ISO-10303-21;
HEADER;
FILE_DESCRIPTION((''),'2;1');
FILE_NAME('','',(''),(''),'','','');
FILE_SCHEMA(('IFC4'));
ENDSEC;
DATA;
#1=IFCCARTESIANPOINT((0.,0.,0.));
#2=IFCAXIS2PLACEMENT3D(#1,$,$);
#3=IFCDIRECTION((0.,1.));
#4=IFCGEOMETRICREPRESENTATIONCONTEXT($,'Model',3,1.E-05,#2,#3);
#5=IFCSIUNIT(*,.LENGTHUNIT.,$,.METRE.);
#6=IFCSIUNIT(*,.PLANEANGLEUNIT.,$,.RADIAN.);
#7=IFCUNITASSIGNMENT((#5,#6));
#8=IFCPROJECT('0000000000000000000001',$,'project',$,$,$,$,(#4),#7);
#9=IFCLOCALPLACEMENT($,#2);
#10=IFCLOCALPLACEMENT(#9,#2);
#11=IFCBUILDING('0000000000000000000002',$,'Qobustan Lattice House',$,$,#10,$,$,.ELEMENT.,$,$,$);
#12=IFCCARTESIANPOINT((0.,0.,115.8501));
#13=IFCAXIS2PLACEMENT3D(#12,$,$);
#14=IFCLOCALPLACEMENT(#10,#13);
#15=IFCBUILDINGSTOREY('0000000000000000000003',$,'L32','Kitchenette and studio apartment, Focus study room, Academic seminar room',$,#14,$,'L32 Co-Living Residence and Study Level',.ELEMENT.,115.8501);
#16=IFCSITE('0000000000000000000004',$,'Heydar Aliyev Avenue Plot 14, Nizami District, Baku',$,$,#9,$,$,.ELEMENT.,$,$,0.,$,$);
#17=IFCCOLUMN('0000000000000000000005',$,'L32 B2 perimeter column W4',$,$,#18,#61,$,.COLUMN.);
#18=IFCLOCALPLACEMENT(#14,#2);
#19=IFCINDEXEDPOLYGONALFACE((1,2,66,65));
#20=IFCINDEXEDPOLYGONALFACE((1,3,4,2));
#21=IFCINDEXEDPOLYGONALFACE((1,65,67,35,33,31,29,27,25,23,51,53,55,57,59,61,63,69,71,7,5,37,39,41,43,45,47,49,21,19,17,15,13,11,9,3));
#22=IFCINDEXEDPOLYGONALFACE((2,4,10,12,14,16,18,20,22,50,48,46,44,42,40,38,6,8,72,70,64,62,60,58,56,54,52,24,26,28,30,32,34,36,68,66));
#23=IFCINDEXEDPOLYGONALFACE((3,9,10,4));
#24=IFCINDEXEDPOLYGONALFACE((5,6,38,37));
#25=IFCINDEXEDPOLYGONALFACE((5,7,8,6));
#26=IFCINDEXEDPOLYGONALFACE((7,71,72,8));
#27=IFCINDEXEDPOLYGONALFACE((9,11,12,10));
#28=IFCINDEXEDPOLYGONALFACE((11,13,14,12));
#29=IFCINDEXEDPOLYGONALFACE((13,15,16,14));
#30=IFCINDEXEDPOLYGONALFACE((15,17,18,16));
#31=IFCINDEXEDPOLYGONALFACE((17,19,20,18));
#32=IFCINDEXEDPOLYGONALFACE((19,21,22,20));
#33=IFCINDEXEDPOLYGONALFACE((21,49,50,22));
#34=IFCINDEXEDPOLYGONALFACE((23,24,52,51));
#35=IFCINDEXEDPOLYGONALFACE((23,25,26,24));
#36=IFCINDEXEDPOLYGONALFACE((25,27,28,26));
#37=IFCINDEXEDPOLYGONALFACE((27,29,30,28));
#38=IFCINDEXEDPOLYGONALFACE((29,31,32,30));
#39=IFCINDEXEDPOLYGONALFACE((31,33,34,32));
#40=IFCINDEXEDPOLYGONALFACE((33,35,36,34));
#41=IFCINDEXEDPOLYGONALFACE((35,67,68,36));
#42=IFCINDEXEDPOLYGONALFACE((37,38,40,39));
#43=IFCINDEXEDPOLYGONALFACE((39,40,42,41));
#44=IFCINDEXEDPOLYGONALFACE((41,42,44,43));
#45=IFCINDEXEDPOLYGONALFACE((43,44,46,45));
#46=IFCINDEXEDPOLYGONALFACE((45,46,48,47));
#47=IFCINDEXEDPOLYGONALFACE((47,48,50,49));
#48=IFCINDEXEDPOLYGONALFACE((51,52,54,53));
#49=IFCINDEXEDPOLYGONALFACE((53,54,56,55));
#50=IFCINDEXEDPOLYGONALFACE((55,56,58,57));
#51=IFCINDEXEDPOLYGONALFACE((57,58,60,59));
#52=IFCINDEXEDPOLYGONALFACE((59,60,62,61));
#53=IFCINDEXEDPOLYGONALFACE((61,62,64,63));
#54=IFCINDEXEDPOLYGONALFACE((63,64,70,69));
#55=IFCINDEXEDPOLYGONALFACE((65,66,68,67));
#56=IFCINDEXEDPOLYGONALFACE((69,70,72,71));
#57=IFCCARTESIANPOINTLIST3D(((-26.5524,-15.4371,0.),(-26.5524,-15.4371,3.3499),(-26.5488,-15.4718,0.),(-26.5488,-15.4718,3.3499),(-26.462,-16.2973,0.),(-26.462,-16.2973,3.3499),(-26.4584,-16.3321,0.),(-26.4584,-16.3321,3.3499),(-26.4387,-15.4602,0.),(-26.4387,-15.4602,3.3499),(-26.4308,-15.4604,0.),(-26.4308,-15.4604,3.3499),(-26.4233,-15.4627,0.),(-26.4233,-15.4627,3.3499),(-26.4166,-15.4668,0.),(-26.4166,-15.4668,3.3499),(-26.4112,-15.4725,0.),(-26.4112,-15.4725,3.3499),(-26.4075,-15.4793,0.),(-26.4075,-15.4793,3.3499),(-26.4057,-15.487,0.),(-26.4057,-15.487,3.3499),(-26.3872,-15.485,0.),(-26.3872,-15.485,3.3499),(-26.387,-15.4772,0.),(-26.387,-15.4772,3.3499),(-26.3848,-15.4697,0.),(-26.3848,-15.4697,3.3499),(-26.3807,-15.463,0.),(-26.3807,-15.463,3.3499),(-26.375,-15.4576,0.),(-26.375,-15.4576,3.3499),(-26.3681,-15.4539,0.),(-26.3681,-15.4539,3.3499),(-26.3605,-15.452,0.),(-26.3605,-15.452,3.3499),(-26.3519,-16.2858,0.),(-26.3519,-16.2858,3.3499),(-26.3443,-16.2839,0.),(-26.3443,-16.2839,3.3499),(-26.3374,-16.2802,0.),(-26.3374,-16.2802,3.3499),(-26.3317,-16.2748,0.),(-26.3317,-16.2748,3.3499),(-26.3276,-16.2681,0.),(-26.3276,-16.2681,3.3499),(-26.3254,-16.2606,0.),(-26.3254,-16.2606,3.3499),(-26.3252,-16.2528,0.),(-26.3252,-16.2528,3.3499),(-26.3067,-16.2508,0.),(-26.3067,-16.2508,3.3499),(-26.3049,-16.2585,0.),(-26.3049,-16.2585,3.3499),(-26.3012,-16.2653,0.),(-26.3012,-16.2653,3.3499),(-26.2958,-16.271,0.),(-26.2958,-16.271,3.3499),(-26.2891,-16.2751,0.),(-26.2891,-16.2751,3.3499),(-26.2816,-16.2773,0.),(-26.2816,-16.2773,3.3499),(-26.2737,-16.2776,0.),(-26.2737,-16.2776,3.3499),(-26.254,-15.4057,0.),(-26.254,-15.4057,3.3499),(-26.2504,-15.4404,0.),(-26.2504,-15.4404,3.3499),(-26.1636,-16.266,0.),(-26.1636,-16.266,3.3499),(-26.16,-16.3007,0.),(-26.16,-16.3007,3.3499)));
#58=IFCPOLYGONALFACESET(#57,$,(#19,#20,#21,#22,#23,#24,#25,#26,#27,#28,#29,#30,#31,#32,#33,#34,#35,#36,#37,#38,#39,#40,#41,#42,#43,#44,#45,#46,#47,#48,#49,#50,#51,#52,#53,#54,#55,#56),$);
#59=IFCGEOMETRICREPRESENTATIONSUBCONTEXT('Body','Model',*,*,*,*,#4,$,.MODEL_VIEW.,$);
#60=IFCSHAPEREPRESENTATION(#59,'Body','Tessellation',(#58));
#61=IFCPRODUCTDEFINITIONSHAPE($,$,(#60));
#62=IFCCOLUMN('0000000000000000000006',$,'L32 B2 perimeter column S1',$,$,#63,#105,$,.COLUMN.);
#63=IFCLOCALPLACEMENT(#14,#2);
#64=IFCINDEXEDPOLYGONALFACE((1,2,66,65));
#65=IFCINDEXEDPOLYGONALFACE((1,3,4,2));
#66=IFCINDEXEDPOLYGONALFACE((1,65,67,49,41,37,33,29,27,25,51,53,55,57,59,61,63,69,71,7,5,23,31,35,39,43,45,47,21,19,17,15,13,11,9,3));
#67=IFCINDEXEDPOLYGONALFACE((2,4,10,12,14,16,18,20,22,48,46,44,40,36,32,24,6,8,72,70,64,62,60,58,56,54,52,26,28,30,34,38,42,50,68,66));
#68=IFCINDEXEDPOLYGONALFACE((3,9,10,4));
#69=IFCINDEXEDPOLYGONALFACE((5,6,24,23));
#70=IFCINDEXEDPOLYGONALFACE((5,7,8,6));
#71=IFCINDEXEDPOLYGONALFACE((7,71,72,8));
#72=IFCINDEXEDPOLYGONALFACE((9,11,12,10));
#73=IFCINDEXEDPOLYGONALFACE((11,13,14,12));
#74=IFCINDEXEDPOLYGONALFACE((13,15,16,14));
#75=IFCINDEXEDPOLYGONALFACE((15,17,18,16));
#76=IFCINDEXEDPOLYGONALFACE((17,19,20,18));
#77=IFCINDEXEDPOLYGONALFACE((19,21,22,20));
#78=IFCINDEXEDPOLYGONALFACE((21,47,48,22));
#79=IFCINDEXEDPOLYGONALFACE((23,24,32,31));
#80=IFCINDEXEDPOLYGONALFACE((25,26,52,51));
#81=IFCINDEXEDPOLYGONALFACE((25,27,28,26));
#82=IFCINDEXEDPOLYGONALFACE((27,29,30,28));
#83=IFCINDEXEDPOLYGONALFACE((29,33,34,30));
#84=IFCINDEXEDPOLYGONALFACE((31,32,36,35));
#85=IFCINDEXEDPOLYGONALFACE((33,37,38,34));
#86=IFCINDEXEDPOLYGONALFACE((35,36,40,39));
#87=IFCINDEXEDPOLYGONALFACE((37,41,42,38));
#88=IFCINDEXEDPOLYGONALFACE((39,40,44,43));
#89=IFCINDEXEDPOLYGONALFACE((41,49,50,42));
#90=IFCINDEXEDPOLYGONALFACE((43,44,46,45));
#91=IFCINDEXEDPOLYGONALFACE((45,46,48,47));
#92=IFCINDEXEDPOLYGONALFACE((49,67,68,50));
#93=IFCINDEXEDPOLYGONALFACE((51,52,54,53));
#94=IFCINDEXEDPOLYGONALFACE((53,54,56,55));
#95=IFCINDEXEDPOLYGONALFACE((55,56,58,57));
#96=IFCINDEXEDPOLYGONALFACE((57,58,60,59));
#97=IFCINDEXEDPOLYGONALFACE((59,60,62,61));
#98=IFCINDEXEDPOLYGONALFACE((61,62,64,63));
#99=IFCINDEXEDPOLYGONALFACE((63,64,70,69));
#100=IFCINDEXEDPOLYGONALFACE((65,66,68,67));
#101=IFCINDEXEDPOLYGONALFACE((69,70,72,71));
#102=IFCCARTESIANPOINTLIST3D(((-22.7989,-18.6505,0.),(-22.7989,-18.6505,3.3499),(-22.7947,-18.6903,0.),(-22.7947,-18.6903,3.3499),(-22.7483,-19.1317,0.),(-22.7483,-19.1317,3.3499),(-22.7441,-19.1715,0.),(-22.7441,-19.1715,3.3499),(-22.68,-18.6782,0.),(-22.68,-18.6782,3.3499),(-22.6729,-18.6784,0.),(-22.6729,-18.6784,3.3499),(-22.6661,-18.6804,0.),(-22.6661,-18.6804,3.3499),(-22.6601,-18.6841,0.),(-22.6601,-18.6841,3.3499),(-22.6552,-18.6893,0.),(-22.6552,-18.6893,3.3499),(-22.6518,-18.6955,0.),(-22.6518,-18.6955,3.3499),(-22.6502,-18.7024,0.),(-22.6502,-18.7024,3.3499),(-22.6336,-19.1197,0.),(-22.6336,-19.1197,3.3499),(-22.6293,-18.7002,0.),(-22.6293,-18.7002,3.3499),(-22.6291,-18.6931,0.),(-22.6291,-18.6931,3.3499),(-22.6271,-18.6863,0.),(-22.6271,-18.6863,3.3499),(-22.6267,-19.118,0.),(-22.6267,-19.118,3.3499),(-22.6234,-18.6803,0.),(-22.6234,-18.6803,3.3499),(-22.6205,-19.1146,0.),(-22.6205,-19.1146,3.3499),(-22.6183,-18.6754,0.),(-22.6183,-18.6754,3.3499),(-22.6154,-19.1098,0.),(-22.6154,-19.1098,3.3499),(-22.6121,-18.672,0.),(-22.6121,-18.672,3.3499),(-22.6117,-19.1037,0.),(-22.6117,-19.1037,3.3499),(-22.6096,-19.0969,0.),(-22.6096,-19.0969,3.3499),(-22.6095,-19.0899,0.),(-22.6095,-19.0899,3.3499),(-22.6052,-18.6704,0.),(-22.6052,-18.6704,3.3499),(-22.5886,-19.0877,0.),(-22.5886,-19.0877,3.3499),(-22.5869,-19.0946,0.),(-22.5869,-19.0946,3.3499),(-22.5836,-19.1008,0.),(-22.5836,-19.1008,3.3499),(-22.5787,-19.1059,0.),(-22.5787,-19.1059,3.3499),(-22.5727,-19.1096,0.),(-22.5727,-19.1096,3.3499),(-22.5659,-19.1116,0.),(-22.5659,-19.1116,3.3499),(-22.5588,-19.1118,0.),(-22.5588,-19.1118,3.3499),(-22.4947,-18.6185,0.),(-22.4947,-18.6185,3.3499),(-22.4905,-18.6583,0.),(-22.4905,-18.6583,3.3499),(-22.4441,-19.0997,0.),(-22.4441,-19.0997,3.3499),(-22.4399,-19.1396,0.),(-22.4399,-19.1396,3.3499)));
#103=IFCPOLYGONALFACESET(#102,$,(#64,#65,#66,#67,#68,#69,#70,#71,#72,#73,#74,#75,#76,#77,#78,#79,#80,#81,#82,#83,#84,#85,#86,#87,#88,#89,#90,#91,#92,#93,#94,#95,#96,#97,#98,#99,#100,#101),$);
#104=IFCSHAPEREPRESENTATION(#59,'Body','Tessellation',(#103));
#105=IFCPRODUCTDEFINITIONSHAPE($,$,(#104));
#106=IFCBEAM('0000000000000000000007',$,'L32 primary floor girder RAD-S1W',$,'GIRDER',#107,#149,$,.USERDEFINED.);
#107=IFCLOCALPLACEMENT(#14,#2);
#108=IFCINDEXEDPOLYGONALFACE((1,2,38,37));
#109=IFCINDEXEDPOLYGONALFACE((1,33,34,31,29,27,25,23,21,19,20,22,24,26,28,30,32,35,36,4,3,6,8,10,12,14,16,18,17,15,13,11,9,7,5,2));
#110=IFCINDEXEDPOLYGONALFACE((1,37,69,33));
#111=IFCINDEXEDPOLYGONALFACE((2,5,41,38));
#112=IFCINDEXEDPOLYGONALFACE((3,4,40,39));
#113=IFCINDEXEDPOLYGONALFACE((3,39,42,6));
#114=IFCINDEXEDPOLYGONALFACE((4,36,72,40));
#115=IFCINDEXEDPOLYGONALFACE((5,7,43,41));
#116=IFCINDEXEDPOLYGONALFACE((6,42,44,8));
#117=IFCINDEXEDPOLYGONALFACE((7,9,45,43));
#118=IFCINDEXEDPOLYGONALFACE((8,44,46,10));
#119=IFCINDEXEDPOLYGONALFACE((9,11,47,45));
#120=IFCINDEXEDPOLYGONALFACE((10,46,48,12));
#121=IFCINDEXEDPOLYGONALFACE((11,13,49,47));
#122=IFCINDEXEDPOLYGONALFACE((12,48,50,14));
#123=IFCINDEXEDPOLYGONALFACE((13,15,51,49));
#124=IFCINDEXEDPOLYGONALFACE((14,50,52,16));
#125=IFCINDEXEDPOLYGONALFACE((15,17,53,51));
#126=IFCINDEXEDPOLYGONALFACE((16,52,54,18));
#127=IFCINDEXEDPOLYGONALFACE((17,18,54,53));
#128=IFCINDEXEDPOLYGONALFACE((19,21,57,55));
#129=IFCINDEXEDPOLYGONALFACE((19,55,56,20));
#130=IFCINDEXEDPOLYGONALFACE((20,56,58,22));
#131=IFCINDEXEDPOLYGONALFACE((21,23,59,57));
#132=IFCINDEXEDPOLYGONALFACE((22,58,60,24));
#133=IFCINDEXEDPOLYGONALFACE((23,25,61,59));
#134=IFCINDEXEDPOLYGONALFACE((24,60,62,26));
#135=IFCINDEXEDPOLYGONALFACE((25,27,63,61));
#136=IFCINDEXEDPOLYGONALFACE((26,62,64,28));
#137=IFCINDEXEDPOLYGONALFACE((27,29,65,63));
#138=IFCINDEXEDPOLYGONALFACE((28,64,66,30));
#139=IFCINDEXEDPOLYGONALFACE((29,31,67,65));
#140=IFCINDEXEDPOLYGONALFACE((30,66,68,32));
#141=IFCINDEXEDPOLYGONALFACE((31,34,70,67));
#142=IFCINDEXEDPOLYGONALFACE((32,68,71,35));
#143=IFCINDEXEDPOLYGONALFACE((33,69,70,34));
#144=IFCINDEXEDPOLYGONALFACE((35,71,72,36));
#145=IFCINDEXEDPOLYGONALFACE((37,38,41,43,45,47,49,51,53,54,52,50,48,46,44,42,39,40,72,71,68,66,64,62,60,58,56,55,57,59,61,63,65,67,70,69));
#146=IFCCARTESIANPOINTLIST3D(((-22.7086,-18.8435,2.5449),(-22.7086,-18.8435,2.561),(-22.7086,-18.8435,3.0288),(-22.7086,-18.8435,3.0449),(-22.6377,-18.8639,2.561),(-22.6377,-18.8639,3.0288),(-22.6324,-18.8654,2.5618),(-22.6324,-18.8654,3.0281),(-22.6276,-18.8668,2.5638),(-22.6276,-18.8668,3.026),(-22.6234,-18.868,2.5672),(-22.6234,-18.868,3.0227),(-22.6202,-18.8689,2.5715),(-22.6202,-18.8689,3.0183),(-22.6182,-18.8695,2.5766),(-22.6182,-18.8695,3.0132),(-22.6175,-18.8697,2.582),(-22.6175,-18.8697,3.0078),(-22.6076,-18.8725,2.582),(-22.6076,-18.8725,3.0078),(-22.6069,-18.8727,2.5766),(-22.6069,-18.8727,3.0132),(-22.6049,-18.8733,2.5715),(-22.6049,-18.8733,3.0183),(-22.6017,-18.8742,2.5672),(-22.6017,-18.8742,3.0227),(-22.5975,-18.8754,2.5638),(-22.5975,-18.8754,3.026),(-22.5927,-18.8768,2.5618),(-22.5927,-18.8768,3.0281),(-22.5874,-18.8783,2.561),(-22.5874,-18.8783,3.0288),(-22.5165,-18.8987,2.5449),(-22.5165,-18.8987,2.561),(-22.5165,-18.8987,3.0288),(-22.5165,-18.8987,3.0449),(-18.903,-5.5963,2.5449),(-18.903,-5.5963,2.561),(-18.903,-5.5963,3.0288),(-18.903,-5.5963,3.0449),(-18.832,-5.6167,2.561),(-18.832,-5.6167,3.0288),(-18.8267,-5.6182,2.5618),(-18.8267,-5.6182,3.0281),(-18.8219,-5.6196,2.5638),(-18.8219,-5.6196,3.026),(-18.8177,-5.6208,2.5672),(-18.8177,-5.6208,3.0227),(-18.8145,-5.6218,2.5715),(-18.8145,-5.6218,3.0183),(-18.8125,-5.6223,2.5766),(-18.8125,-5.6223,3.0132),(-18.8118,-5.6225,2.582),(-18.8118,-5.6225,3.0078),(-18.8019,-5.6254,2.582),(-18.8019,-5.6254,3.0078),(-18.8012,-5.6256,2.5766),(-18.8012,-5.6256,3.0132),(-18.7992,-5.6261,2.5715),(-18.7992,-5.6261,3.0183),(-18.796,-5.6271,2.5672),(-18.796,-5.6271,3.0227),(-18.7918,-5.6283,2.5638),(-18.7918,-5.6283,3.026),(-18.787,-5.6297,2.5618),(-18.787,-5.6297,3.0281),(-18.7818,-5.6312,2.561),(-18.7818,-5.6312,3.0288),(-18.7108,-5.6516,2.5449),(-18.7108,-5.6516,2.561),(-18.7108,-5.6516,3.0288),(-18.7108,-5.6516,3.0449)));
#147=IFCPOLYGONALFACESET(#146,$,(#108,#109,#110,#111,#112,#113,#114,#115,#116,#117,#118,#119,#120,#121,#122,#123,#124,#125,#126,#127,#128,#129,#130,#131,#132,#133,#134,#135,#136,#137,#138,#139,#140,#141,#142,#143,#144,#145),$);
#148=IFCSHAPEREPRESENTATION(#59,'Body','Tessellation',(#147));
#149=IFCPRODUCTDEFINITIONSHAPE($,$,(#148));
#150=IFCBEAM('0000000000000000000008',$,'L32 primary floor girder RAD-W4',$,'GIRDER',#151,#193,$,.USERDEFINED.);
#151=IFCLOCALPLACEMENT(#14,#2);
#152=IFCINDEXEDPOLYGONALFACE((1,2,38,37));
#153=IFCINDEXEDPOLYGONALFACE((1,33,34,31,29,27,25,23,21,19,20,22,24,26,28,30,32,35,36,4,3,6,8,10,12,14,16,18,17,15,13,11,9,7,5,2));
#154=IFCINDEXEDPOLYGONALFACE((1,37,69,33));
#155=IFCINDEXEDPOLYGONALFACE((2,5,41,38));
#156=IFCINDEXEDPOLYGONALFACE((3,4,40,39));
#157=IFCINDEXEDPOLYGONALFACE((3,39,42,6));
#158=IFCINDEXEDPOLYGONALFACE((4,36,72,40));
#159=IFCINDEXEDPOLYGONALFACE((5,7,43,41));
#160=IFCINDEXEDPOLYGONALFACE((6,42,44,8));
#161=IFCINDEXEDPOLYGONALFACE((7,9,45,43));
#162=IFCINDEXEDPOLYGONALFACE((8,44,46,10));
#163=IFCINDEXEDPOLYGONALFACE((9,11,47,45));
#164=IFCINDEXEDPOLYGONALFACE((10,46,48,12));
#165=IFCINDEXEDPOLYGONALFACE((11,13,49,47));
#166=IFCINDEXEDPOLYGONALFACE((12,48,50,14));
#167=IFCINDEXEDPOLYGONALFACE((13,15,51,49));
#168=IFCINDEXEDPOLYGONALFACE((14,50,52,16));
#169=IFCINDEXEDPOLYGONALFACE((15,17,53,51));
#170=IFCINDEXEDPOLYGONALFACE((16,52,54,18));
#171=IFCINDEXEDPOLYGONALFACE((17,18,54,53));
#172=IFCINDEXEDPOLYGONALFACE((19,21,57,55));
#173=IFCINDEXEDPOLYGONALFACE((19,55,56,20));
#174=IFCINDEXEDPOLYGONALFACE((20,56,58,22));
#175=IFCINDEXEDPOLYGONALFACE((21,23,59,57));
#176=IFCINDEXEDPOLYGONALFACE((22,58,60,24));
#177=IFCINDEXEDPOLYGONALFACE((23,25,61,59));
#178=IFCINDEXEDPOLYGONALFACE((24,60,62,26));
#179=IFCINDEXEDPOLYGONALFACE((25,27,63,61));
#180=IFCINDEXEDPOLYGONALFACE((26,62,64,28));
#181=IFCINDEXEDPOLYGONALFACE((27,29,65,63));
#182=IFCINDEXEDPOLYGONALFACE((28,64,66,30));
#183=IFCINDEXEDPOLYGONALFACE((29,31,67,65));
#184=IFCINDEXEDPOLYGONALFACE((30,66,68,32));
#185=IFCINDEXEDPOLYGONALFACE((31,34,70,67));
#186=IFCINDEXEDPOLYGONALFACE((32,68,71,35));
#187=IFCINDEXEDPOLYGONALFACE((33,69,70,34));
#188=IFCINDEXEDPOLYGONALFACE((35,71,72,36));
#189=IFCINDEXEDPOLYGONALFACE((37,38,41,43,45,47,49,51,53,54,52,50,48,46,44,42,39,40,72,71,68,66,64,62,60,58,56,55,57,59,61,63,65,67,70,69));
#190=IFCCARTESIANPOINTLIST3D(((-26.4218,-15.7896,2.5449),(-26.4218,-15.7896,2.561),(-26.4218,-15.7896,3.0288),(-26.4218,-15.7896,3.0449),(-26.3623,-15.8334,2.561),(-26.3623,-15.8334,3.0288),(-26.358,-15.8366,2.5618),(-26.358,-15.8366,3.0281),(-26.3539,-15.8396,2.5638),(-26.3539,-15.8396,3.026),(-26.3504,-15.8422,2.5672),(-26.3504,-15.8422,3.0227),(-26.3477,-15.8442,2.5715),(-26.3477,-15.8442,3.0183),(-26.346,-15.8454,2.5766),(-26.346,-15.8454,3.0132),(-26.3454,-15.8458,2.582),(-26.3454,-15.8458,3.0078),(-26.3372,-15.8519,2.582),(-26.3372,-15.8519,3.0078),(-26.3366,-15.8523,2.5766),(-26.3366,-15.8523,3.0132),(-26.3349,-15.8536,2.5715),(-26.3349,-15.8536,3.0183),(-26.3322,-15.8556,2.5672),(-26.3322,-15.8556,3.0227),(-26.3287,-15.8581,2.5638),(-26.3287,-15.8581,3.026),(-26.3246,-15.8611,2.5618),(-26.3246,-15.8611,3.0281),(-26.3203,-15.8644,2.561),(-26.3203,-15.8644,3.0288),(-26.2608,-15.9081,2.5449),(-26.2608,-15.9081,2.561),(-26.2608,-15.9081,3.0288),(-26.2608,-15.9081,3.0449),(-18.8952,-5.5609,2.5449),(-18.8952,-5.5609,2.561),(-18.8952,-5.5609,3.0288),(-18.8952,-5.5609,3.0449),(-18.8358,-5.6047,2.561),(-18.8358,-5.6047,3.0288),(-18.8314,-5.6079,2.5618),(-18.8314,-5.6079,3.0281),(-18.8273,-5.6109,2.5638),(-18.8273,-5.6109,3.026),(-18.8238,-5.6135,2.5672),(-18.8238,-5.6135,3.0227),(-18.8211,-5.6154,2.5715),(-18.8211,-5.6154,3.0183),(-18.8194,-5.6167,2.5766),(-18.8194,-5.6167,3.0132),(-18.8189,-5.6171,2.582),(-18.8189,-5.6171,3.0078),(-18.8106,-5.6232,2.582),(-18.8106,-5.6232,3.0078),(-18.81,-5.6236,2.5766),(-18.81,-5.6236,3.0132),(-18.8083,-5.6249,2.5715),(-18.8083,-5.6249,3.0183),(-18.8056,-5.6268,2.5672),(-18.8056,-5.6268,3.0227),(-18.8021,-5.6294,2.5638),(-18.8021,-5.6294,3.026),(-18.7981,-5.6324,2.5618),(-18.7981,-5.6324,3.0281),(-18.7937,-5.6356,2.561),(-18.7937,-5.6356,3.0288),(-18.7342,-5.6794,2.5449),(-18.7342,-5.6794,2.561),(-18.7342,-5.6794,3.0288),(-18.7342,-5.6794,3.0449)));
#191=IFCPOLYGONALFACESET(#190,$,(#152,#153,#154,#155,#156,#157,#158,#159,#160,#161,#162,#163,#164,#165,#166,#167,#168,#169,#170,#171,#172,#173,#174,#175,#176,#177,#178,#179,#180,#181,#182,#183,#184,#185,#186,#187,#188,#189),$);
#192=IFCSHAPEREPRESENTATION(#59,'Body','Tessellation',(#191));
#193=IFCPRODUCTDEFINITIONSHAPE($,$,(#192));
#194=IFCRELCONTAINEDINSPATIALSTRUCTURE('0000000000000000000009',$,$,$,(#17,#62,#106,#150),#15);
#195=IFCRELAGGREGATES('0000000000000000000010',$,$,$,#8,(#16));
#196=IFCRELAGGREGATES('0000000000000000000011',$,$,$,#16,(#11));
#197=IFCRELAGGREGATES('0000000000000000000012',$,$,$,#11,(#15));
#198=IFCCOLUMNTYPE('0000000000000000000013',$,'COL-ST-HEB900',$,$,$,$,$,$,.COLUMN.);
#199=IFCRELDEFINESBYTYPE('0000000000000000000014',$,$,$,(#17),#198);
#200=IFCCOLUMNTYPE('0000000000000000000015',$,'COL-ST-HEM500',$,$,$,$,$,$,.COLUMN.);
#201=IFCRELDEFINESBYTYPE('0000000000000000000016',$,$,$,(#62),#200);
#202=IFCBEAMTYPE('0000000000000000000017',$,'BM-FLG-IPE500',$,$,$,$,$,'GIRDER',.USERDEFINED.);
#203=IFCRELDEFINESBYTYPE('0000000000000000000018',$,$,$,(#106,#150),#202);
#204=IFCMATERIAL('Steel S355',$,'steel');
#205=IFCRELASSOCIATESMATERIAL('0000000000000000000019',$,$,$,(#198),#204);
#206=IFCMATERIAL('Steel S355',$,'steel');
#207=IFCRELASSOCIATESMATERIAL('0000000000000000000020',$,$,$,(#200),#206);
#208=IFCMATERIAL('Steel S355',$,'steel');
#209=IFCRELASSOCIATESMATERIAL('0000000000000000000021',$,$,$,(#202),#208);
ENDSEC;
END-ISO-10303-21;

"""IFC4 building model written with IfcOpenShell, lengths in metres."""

from ifc_helpers import new_model, si_unit, direction, frame, origin, origin_2d, place, context, subcontext, project, spatial, i_section, extrude, material, material_profile, profile_set, type_object, element, save


model = new_model("IFC4")

# Units and contexts
model_context = context("Model", 3, precision=1e-05, world=origin(), true_north=direction((0.0, 1.0)))
body_context = subcontext(model_context, "Body", "Model", "MODEL_VIEW")
ifc_project = project(units=[si_unit("LENGTHUNIT", "METRE"), si_unit("PLANEANGLEUNIT", "RADIAN")], contexts=[model_context])

# Site, building, storey
site_placement = place(None, origin())
site = spatial("IfcSite", under=ifc_project, at=site_placement, Name="Heydar Aliyev Avenue Plot 14, Nizami District, Baku", CompositionType="ELEMENT", RefElevation=0.0)
building_placement = place(site_placement, origin())
building = spatial("IfcBuilding", under=site, at=building_placement, Name="Qobustan Lattice House", CompositionType="ELEMENT")
storey_placement = place(building_placement, frame((0.0, 0.0, 115.8501)))
storey = spatial("IfcBuildingStorey", under=building, at=storey_placement, Name="L32", Description="Kitchenette and studio apartment, Focus study room, Academic seminar room", LongName="L32 Co-Living Residence and Study Level", CompositionType="ELEMENT", Elevation=115.8501)

# Columns
ifc_material_1 = material(Name="Steel S355", Category="steel")
ifc_material_profile_1 = material_profile(ifc_material_1, i_section(OverallWidth=0.3, OverallDepth=0.8999, WebThickness=0.0186, FlangeThickness=0.0349, FilletRadius=0.03, at=origin_2d()), Name="HEB900")
ifc_profile_set_1 = profile_set([ifc_material_profile_1], Name="Steel S355")
column_type_1 = type_object("IfcColumnType", Name="COL-ST-HEB900", PredefinedType="COLUMN", material=ifc_profile_set_1)
column_1_placement = place(storey_placement, frame((-26.3562, -15.8689, 0.0), z_axis=(0.0, 0.0, 1.0), x_axis=(0.994522, 0.104528, 0.0)))
element("IfcColumn", 1, at=column_1_placement, inside=storey, type_object=column_type_1, Name="L32 B2 perimeter column W4", PredefinedType="COLUMN", context=body_context, shape_type="SweptSolid", body=[
    extrude(i_section(OverallWidth=0.3, OverallDepth=0.8999, WebThickness=0.0186, FlangeThickness=0.0349, FilletRadius=0.03, at=origin_2d()), origin(), (0.0, 0.0, 1.0), 3.3499),
])
ifc_material_2 = material(Name="Steel S355", Category="steel")
ifc_material_profile_2 = material_profile(ifc_material_2, i_section(OverallWidth=0.3059, OverallDepth=0.5239, WebThickness=0.021, FlangeThickness=0.04, FilletRadius=0.0271, at=origin_2d()), Name="HEM500")
ifc_profile_set_2 = profile_set([ifc_material_profile_2], Name="Steel S355")
column_type_2 = type_object("IfcColumnType", Name="COL-ST-HEM500", PredefinedType="COLUMN", material=ifc_profile_set_2)
column_2_placement = place(storey_placement, frame((-22.6194, -18.895, 0.0), z_axis=(0.0, 0.0, 1.0), x_axis=(0.994522, 0.104528, 0.0)))
element("IfcColumn", 2, at=column_2_placement, inside=storey, type_object=column_type_2, Name="L32 B2 perimeter column S1", PredefinedType="COLUMN", context=body_context, shape_type="SweptSolid", body=[
    extrude(i_section(OverallWidth=0.3059, OverallDepth=0.5239, WebThickness=0.021, FlangeThickness=0.04, FilletRadius=0.0271, at=origin_2d()), origin(), (0.0, 0.0, 1.0), 3.3499),
])

# Beams
ifc_material_3 = material(Name="Steel S355", Category="steel")
ifc_material_profile_3 = material_profile(ifc_material_3, i_section(OverallWidth=0.2, OverallDepth=0.5, WebThickness=0.0103, FlangeThickness=0.0161, FilletRadius=0.021, at=origin_2d()), Name="IPE500")
ifc_profile_set_3 = profile_set([ifc_material_profile_3], Name="Steel S355")
beam_type_1 = type_object("IfcBeamType", Name="BM-FLG-IPE500", ElementType="GIRDER", PredefinedType="USERDEFINED", material=ifc_profile_set_3)
beam_1_placement = place(storey_placement, frame((-22.6125, -18.8711, 2.7949), z_axis=(0.276115, 0.961125, 0.0), x_axis=(-0.961125, 0.276115, 0.0)))
element("IfcBeam", 3, at=beam_1_placement, inside=storey, type_object=beam_type_1, Name="L32 primary floor girder RAD-S1W", ObjectType="GIRDER", PredefinedType="USERDEFINED", context=body_context, shape_type="SweptSolid", body=[
    extrude(i_section(OverallWidth=0.2, OverallDepth=0.5, WebThickness=0.0103, FlangeThickness=0.0161, FilletRadius=0.021, at=origin_2d()), origin(), (0.0, 0.0, 1.0), 13.783),
])
beam_2_placement = place(storey_placement, frame((-26.3413, -15.8489, 2.7949), z_axis=(0.59267, 0.805446, 0.0), x_axis=(-0.805446, 0.59267, 0.0)))
element("IfcBeam", 4, at=beam_2_placement, inside=storey, type_object=beam_type_1, Name="L32 primary floor girder RAD-W4", ObjectType="GIRDER", PredefinedType="USERDEFINED", context=body_context, shape_type="SweptSolid", body=[
    extrude(i_section(OverallWidth=0.2, OverallDepth=0.5, WebThickness=0.0103, FlangeThickness=0.0161, FilletRadius=0.021, at=origin_2d()), origin(), (0.0, 0.0, 1.0), 12.6995),
])

save(model, "model.ifc")
